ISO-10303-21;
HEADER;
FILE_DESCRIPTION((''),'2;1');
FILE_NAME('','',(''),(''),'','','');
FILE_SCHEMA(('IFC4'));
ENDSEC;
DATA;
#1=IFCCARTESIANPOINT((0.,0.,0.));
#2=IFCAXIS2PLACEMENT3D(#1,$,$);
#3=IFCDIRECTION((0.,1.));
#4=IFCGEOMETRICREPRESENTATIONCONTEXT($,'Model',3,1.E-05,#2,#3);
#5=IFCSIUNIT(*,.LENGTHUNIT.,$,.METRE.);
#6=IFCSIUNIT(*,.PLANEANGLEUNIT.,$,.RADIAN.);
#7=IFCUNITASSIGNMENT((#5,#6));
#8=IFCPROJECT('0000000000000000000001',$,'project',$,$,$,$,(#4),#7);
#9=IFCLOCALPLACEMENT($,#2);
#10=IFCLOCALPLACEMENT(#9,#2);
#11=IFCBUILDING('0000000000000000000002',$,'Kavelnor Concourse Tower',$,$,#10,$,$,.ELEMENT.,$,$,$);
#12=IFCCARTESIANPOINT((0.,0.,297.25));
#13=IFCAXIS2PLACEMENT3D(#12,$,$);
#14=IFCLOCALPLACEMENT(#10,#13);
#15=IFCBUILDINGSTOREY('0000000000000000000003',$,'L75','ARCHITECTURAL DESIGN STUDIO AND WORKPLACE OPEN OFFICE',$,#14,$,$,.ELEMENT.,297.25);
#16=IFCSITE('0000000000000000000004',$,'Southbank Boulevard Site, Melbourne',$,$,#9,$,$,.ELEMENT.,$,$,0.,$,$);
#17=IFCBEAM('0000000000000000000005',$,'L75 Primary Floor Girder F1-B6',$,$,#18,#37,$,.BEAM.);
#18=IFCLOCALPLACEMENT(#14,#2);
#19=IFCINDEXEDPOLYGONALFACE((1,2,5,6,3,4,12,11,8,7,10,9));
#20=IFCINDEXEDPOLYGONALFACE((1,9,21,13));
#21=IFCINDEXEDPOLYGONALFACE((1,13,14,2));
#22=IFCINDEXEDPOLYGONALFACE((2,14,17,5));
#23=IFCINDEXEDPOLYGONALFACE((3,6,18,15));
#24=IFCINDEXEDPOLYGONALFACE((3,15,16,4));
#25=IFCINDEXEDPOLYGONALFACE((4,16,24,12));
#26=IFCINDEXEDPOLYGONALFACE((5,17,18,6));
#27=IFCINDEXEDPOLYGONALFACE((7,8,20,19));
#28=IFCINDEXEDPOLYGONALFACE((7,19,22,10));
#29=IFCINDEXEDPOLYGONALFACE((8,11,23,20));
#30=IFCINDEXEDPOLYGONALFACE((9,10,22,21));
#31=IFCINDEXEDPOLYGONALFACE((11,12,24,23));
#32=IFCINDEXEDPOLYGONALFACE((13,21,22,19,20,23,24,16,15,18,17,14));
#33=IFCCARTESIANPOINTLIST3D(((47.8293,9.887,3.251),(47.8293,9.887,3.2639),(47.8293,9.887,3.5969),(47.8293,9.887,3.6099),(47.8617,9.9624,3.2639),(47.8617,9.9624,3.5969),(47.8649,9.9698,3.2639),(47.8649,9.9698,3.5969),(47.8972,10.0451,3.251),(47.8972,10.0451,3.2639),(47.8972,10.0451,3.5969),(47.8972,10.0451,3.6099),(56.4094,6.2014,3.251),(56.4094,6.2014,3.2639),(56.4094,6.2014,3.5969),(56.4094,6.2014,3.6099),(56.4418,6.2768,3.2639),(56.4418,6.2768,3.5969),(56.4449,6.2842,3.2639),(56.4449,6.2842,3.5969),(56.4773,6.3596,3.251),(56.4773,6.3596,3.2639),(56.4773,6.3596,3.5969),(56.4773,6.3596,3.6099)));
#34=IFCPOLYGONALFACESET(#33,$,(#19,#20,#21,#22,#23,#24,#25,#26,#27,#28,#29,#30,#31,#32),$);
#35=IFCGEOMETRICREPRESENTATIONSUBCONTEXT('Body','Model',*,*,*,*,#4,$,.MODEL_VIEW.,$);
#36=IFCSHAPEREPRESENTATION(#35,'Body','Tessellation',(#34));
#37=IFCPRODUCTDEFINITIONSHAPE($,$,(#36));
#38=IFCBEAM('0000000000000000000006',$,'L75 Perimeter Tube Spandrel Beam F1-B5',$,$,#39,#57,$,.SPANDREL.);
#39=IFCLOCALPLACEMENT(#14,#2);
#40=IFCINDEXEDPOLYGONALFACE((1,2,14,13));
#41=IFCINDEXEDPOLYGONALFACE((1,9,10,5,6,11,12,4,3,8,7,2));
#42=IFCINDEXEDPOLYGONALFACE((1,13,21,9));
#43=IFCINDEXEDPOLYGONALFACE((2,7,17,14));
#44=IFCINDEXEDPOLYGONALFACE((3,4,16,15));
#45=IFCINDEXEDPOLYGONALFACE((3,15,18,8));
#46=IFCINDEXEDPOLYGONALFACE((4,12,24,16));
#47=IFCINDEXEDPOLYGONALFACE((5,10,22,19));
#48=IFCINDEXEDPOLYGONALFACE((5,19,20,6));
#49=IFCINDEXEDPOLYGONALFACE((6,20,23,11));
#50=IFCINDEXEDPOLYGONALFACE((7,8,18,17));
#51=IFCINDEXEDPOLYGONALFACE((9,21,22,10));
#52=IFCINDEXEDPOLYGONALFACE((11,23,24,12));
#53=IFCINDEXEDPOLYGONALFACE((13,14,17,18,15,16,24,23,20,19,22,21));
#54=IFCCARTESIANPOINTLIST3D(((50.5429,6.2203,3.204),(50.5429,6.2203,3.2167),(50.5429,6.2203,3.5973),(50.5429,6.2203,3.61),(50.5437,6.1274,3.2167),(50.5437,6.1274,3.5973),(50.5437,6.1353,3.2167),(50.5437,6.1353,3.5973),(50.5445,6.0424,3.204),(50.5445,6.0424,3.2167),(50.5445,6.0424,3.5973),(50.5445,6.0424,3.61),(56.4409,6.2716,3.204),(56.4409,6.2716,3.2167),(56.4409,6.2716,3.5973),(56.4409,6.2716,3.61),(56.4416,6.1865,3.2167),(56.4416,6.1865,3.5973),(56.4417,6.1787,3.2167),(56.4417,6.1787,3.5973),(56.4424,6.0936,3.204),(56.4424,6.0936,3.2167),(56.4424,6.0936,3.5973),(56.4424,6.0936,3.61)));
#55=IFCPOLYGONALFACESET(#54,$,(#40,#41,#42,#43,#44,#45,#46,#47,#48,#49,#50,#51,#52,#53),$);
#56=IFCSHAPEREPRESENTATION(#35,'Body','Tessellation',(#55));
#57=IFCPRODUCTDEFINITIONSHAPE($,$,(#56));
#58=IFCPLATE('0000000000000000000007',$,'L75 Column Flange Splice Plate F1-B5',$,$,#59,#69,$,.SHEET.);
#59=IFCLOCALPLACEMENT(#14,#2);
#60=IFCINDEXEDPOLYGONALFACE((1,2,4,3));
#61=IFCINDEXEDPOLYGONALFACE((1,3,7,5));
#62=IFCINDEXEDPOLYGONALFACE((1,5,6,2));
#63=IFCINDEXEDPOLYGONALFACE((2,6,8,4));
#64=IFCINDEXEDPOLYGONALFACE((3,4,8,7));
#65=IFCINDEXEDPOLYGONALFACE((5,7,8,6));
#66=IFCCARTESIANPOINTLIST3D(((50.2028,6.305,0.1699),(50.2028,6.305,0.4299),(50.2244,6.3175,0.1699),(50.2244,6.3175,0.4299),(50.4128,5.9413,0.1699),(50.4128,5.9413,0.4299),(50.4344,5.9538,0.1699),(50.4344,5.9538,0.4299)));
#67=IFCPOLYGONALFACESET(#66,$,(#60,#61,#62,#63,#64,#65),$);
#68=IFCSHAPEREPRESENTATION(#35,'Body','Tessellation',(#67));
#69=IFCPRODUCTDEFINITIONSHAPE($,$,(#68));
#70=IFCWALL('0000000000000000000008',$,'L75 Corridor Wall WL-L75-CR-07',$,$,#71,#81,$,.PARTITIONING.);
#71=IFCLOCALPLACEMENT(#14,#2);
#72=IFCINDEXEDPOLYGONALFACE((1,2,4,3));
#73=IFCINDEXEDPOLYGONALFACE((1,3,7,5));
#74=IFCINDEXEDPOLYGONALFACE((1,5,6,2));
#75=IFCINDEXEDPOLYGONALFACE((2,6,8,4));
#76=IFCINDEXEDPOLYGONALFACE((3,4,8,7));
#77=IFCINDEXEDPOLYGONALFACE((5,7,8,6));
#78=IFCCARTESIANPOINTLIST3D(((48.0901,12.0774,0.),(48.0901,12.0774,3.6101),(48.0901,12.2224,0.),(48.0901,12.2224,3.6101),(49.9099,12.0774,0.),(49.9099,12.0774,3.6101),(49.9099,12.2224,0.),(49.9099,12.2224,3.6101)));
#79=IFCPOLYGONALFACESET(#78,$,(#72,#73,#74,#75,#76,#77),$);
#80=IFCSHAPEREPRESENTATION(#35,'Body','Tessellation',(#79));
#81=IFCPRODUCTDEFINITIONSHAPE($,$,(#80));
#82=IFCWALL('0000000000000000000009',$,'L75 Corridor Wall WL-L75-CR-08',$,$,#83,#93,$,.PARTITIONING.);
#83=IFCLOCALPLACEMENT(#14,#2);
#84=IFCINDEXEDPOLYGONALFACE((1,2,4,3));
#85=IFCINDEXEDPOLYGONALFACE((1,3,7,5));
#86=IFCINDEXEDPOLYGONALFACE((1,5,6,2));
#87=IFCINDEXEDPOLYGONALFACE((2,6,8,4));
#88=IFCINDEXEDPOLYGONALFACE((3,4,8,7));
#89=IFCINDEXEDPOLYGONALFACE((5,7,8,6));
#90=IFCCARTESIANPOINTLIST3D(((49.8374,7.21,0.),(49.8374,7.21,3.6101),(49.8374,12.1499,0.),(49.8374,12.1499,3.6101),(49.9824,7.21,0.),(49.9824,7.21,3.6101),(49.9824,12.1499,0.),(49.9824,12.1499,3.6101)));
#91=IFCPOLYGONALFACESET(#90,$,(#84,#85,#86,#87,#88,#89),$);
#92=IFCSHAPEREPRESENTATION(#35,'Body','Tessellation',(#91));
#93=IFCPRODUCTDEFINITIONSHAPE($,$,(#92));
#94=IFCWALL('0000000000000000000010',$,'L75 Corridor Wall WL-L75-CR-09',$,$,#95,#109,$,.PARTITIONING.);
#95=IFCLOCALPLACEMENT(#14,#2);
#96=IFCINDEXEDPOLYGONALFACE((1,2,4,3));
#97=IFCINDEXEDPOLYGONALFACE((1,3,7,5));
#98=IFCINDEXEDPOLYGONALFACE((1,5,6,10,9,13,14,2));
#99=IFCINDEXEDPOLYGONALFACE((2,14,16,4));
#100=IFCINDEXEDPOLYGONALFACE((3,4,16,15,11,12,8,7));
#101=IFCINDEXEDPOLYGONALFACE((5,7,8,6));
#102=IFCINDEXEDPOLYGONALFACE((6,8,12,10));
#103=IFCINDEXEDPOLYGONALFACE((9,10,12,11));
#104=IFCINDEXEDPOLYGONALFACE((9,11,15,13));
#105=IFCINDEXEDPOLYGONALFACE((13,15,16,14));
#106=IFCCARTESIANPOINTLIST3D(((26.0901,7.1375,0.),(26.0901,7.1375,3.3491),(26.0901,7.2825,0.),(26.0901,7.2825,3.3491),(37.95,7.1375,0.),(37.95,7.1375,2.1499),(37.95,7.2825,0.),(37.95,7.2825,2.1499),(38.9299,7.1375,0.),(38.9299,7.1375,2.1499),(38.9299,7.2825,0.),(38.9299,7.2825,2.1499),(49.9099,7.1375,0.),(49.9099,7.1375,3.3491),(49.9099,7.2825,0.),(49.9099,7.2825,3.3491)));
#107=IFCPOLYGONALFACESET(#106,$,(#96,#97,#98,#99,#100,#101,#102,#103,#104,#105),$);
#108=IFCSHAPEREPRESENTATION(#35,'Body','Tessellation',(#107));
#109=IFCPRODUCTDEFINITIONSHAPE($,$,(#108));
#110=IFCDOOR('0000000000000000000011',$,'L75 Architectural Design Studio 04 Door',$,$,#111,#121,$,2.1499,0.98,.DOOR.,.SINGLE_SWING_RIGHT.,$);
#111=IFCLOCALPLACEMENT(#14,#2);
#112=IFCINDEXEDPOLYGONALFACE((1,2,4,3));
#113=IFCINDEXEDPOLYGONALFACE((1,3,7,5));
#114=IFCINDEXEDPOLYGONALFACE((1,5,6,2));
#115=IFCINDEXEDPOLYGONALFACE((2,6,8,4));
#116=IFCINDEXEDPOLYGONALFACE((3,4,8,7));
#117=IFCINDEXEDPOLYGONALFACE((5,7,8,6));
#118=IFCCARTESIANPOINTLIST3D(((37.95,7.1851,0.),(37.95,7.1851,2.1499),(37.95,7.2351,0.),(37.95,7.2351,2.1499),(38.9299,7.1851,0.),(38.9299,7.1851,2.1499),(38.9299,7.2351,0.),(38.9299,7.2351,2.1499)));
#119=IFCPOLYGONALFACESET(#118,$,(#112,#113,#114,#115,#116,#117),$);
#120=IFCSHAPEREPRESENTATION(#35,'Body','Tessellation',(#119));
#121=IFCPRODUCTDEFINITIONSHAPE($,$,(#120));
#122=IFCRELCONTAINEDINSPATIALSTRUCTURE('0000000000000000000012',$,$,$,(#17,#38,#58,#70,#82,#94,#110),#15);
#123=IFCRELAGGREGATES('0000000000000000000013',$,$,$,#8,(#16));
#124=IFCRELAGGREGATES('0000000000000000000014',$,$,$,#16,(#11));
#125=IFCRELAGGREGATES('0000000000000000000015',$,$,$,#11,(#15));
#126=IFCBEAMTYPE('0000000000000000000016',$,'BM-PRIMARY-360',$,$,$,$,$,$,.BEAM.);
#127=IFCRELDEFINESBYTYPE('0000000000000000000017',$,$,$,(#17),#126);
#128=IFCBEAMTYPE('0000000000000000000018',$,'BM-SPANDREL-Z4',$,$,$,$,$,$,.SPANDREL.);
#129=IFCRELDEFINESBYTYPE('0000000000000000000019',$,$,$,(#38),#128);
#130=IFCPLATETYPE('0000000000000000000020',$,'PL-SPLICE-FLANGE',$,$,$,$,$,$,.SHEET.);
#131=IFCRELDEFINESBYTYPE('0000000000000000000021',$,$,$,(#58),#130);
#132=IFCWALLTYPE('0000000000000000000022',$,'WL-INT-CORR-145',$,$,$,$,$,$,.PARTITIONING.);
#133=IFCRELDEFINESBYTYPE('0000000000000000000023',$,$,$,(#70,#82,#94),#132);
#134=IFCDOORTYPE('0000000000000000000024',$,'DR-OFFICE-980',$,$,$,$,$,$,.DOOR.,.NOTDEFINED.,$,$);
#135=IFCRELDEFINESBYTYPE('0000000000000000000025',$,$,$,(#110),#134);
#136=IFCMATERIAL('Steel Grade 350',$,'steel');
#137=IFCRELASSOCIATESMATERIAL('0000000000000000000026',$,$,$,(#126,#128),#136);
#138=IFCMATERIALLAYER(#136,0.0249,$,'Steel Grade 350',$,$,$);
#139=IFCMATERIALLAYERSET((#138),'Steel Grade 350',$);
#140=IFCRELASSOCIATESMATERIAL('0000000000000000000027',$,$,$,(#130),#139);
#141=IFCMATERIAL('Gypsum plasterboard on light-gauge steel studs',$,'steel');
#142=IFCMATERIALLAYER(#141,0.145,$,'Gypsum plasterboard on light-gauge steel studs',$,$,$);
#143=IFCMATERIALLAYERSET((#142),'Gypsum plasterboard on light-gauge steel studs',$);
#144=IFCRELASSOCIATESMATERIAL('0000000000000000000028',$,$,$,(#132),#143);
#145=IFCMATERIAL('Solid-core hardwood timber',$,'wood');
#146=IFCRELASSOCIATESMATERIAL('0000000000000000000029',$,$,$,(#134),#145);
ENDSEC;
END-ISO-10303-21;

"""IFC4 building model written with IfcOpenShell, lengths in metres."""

from ifc_helpers import new_model, si_unit, direction, frame, frame_2d, origin, origin_2d, place, context, subcontext, project, spatial, rectangle, i_section, extrude, material, layer, layer_set, material_profile, profile_set, type_object, element, fill, save


model = new_model("IFC4")

# Units and contexts
model_context = context("Model", 3, precision=1e-05, world=origin(), true_north=direction((0.0, 1.0)))
body_context = subcontext(model_context, "Body", "Model", "MODEL_VIEW")
ifc_project = project(units=[si_unit("LENGTHUNIT", "METRE"), si_unit("PLANEANGLEUNIT", "RADIAN")], contexts=[model_context])

# Site, building, storey
site_placement = place(None, origin())
site = spatial("IfcSite", under=ifc_project, at=site_placement, Name="Southbank Boulevard Site, Melbourne", CompositionType="ELEMENT", RefElevation=0.0)
building_placement = place(site_placement, origin())
building = spatial("IfcBuilding", under=site, at=building_placement, Name="Kavelnor Concourse Tower", CompositionType="ELEMENT")
storey_placement = place(building_placement, frame((0.0, 0.0, 297.25)))
storey = spatial("IfcBuildingStorey", under=building, at=storey_placement, Name="L75", Description="ARCHITECTURAL DESIGN STUDIO AND WORKPLACE OPEN OFFICE", CompositionType="ELEMENT", Elevation=297.25)

# Shared definitions
ifc_material_1 = material(Name="Steel Grade 350", Category="steel")

# Beams
ifc_material_profile_1 = material_profile(ifc_material_1, i_section(OverallWidth=0.1721, OverallDepth=0.3589, WebThickness=0.0081, FlangeThickness=0.0129, at=origin_2d()), Name="360UB56")
ifc_profile_set_1 = profile_set([ifc_material_profile_1], Name="Steel Grade 350")
beam_type_1 = type_object("IfcBeamType", Name="BM-PRIMARY-360", PredefinedType="BEAM", material=ifc_profile_set_1)
beam_1_placement = place(storey_placement, frame((47.8633, 9.9661, 3.4304), z_axis=(0.91882, -0.394676, 0.0), x_axis=(0.394676, 0.91882, 0.0)))
element("IfcBeam", 1, at=beam_1_placement, inside=storey, type_object=beam_type_1, Name="L75 Primary Floor Girder F1-B6", PredefinedType="BEAM", context=body_context, shape_type="SweptSolid", body=[
    extrude(i_section(OverallWidth=0.1721, OverallDepth=0.3589, WebThickness=0.0081, FlangeThickness=0.0129, at=origin_2d()), origin(), (0.0, 0.0, 1.0), 9.3381),
])
ifc_material_profile_2 = material_profile(ifc_material_1, i_section(OverallWidth=0.178, OverallDepth=0.406, WebThickness=0.0078, FlangeThickness=0.0127, at=origin_2d()), Name="410UB59")
ifc_profile_set_2 = profile_set([ifc_material_profile_2], Name="Steel Grade 350")
beam_type_2 = type_object("IfcBeamType", Name="BM-SPANDREL-Z4", PredefinedType="SPANDREL", material=ifc_profile_set_2)
beam_2_placement = place(storey_placement, frame((50.5437, 6.1313, 3.407), z_axis=(0.999962, 0.008692, 0.0), x_axis=(-0.008692, 0.999962, 0.0)))
element("IfcBeam", 2, at=beam_2_placement, inside=storey, type_object=beam_type_2, Name="L75 Perimeter Tube Spandrel Beam F1-B5", PredefinedType="SPANDREL", context=body_context, shape_type="SweptSolid", body=[
    extrude(i_section(OverallWidth=0.178, OverallDepth=0.406, WebThickness=0.0078, FlangeThickness=0.0127, at=origin_2d()), origin(), (0.0, 0.0, 1.0), 5.8982),
])

# Plate
ifc_layer_1 = layer(ifc_material_1, 0.0249, Name="Steel Grade 350")
ifc_layer_set_1 = layer_set([ifc_layer_1], Name="Steel Grade 350")
plate_type = type_object("IfcPlateType", Name="PL-SPLICE-FLANGE", PredefinedType="SHEET", material=ifc_layer_set_1)
plate_placement = place(storey_placement, frame((50.3186, 6.1294, 0.1699), z_axis=(0.0, 0.0, 1.0), x_axis=(-0.5, 0.866025, 0.0)))
element("IfcPlate", 3, at=plate_placement, inside=storey, type_object=plate_type, Name="L75 Column Flange Splice Plate F1-B5", PredefinedType="SHEET", context=body_context, shape_type="SweptSolid", body=[
    extrude(rectangle(XDim=0.4199, YDim=0.0249, at=origin_2d()), origin(), (0.0, 0.0, 1.0), 0.26),
])

# Walls
ifc_material_2 = material(Name="Gypsum plasterboard on light-gauge steel studs", Category="steel")
ifc_layer_2 = layer(ifc_material_2, 0.145, Name="Gypsum plasterboard on light-gauge steel studs")
ifc_layer_set_2 = layer_set([ifc_layer_2], Name="Gypsum plasterboard on light-gauge steel studs")
wall_type = type_object("IfcWallType", Name="WL-INT-CORR-145", PredefinedType="PARTITIONING", material=ifc_layer_set_2)
wall_1_placement = place(storey_placement, frame((48.0901, 12.1499, 0.0), z_axis=(0.0, 0.0, 1.0), x_axis=(1.0, 0.0, 0.0)))
element("IfcWall", 4, at=wall_1_placement, inside=storey, type_object=wall_type, Name="L75 Corridor Wall WL-L75-CR-07", PredefinedType="PARTITIONING", context=body_context, shape_type="SweptSolid", body=[
    extrude(rectangle(XDim=1.8198, YDim=0.145, at=frame_2d((0.9099, 0.0))), origin(), (0.0, 0.0, 1.0), 3.6101),
])
wall_2_placement = place(storey_placement, frame((49.9099, 12.1499, 0.0), z_axis=(0.0, 0.0, 1.0), x_axis=(0.0, -1.0, 0.0)))
element("IfcWall", 5, at=wall_2_placement, inside=storey, type_object=wall_type, Name="L75 Corridor Wall WL-L75-CR-08", PredefinedType="PARTITIONING", context=body_context, shape_type="SweptSolid", body=[
    extrude(rectangle(XDim=4.9399, YDim=0.145, at=frame_2d((2.47, 0.0))), origin(), (0.0, 0.0, 1.0), 3.6101),
])

# Wall, opening, door
wall_3_placement = place(storey_placement, frame((49.9099, 7.21, 0.0), z_axis=(0.0, 0.0, 1.0), x_axis=(-1.0, 0.0, 0.0)))
wall_3 = element("IfcWall", 6, at=wall_3_placement, inside=storey, type_object=wall_type, Name="L75 Corridor Wall WL-L75-CR-09", PredefinedType="PARTITIONING", context=body_context, shape_type="SweptSolid", body=[
    extrude(rectangle(XDim=23.8198, YDim=0.145, at=frame_2d((11.9099, 0.0))), origin(), (0.0, 0.0, 1.0), 3.3491),
])
opening_placement = place(wall_3_placement, frame((10.98, 0.0, 0.0)))
opening = element("IfcOpeningElement", 7, at=opening_placement, cuts=wall_3, PredefinedType="OPENING", context=body_context, shape_type="SweptSolid", body=[
    extrude(rectangle(XDim=0.98, YDim=2.1499, at=frame_2d((0.49, 1.075))), frame((0.0, 0.0825, 0.0), z_axis=(0.0, -1.0, 0.0), x_axis=(1.0, 0.0, 0.0)), (0.0, 0.0, 1.0), 0.165),
])
ifc_material_3 = material(Name="Solid-core hardwood timber", Category="wood")
door_type = type_object("IfcDoorType", Name="DR-OFFICE-980", OperationType="NOTDEFINED", PredefinedType="DOOR", material=ifc_material_3)
door_placement = place(opening_placement, origin())
door = element("IfcDoor", 8, at=door_placement, inside=storey, type_object=door_type, Name="L75 Architectural Design Studio 04 Door", OperationType="SINGLE_SWING_RIGHT", OverallHeight=2.1499, OverallWidth=0.98, PredefinedType="DOOR", context=body_context, shape_type="SweptSolid", body=[
    extrude(rectangle(XDim=0.98, YDim=2.1499, at=frame_2d((0.49, 1.075))), frame((0.0, 0.0249, 0.0), z_axis=(0.0, -1.0, 0.0), x_axis=(1.0, 0.0, 0.0)), (0.0, 0.0, 1.0), 0.05),
])
fill(opening, door)

save(model, "model.ifc")
